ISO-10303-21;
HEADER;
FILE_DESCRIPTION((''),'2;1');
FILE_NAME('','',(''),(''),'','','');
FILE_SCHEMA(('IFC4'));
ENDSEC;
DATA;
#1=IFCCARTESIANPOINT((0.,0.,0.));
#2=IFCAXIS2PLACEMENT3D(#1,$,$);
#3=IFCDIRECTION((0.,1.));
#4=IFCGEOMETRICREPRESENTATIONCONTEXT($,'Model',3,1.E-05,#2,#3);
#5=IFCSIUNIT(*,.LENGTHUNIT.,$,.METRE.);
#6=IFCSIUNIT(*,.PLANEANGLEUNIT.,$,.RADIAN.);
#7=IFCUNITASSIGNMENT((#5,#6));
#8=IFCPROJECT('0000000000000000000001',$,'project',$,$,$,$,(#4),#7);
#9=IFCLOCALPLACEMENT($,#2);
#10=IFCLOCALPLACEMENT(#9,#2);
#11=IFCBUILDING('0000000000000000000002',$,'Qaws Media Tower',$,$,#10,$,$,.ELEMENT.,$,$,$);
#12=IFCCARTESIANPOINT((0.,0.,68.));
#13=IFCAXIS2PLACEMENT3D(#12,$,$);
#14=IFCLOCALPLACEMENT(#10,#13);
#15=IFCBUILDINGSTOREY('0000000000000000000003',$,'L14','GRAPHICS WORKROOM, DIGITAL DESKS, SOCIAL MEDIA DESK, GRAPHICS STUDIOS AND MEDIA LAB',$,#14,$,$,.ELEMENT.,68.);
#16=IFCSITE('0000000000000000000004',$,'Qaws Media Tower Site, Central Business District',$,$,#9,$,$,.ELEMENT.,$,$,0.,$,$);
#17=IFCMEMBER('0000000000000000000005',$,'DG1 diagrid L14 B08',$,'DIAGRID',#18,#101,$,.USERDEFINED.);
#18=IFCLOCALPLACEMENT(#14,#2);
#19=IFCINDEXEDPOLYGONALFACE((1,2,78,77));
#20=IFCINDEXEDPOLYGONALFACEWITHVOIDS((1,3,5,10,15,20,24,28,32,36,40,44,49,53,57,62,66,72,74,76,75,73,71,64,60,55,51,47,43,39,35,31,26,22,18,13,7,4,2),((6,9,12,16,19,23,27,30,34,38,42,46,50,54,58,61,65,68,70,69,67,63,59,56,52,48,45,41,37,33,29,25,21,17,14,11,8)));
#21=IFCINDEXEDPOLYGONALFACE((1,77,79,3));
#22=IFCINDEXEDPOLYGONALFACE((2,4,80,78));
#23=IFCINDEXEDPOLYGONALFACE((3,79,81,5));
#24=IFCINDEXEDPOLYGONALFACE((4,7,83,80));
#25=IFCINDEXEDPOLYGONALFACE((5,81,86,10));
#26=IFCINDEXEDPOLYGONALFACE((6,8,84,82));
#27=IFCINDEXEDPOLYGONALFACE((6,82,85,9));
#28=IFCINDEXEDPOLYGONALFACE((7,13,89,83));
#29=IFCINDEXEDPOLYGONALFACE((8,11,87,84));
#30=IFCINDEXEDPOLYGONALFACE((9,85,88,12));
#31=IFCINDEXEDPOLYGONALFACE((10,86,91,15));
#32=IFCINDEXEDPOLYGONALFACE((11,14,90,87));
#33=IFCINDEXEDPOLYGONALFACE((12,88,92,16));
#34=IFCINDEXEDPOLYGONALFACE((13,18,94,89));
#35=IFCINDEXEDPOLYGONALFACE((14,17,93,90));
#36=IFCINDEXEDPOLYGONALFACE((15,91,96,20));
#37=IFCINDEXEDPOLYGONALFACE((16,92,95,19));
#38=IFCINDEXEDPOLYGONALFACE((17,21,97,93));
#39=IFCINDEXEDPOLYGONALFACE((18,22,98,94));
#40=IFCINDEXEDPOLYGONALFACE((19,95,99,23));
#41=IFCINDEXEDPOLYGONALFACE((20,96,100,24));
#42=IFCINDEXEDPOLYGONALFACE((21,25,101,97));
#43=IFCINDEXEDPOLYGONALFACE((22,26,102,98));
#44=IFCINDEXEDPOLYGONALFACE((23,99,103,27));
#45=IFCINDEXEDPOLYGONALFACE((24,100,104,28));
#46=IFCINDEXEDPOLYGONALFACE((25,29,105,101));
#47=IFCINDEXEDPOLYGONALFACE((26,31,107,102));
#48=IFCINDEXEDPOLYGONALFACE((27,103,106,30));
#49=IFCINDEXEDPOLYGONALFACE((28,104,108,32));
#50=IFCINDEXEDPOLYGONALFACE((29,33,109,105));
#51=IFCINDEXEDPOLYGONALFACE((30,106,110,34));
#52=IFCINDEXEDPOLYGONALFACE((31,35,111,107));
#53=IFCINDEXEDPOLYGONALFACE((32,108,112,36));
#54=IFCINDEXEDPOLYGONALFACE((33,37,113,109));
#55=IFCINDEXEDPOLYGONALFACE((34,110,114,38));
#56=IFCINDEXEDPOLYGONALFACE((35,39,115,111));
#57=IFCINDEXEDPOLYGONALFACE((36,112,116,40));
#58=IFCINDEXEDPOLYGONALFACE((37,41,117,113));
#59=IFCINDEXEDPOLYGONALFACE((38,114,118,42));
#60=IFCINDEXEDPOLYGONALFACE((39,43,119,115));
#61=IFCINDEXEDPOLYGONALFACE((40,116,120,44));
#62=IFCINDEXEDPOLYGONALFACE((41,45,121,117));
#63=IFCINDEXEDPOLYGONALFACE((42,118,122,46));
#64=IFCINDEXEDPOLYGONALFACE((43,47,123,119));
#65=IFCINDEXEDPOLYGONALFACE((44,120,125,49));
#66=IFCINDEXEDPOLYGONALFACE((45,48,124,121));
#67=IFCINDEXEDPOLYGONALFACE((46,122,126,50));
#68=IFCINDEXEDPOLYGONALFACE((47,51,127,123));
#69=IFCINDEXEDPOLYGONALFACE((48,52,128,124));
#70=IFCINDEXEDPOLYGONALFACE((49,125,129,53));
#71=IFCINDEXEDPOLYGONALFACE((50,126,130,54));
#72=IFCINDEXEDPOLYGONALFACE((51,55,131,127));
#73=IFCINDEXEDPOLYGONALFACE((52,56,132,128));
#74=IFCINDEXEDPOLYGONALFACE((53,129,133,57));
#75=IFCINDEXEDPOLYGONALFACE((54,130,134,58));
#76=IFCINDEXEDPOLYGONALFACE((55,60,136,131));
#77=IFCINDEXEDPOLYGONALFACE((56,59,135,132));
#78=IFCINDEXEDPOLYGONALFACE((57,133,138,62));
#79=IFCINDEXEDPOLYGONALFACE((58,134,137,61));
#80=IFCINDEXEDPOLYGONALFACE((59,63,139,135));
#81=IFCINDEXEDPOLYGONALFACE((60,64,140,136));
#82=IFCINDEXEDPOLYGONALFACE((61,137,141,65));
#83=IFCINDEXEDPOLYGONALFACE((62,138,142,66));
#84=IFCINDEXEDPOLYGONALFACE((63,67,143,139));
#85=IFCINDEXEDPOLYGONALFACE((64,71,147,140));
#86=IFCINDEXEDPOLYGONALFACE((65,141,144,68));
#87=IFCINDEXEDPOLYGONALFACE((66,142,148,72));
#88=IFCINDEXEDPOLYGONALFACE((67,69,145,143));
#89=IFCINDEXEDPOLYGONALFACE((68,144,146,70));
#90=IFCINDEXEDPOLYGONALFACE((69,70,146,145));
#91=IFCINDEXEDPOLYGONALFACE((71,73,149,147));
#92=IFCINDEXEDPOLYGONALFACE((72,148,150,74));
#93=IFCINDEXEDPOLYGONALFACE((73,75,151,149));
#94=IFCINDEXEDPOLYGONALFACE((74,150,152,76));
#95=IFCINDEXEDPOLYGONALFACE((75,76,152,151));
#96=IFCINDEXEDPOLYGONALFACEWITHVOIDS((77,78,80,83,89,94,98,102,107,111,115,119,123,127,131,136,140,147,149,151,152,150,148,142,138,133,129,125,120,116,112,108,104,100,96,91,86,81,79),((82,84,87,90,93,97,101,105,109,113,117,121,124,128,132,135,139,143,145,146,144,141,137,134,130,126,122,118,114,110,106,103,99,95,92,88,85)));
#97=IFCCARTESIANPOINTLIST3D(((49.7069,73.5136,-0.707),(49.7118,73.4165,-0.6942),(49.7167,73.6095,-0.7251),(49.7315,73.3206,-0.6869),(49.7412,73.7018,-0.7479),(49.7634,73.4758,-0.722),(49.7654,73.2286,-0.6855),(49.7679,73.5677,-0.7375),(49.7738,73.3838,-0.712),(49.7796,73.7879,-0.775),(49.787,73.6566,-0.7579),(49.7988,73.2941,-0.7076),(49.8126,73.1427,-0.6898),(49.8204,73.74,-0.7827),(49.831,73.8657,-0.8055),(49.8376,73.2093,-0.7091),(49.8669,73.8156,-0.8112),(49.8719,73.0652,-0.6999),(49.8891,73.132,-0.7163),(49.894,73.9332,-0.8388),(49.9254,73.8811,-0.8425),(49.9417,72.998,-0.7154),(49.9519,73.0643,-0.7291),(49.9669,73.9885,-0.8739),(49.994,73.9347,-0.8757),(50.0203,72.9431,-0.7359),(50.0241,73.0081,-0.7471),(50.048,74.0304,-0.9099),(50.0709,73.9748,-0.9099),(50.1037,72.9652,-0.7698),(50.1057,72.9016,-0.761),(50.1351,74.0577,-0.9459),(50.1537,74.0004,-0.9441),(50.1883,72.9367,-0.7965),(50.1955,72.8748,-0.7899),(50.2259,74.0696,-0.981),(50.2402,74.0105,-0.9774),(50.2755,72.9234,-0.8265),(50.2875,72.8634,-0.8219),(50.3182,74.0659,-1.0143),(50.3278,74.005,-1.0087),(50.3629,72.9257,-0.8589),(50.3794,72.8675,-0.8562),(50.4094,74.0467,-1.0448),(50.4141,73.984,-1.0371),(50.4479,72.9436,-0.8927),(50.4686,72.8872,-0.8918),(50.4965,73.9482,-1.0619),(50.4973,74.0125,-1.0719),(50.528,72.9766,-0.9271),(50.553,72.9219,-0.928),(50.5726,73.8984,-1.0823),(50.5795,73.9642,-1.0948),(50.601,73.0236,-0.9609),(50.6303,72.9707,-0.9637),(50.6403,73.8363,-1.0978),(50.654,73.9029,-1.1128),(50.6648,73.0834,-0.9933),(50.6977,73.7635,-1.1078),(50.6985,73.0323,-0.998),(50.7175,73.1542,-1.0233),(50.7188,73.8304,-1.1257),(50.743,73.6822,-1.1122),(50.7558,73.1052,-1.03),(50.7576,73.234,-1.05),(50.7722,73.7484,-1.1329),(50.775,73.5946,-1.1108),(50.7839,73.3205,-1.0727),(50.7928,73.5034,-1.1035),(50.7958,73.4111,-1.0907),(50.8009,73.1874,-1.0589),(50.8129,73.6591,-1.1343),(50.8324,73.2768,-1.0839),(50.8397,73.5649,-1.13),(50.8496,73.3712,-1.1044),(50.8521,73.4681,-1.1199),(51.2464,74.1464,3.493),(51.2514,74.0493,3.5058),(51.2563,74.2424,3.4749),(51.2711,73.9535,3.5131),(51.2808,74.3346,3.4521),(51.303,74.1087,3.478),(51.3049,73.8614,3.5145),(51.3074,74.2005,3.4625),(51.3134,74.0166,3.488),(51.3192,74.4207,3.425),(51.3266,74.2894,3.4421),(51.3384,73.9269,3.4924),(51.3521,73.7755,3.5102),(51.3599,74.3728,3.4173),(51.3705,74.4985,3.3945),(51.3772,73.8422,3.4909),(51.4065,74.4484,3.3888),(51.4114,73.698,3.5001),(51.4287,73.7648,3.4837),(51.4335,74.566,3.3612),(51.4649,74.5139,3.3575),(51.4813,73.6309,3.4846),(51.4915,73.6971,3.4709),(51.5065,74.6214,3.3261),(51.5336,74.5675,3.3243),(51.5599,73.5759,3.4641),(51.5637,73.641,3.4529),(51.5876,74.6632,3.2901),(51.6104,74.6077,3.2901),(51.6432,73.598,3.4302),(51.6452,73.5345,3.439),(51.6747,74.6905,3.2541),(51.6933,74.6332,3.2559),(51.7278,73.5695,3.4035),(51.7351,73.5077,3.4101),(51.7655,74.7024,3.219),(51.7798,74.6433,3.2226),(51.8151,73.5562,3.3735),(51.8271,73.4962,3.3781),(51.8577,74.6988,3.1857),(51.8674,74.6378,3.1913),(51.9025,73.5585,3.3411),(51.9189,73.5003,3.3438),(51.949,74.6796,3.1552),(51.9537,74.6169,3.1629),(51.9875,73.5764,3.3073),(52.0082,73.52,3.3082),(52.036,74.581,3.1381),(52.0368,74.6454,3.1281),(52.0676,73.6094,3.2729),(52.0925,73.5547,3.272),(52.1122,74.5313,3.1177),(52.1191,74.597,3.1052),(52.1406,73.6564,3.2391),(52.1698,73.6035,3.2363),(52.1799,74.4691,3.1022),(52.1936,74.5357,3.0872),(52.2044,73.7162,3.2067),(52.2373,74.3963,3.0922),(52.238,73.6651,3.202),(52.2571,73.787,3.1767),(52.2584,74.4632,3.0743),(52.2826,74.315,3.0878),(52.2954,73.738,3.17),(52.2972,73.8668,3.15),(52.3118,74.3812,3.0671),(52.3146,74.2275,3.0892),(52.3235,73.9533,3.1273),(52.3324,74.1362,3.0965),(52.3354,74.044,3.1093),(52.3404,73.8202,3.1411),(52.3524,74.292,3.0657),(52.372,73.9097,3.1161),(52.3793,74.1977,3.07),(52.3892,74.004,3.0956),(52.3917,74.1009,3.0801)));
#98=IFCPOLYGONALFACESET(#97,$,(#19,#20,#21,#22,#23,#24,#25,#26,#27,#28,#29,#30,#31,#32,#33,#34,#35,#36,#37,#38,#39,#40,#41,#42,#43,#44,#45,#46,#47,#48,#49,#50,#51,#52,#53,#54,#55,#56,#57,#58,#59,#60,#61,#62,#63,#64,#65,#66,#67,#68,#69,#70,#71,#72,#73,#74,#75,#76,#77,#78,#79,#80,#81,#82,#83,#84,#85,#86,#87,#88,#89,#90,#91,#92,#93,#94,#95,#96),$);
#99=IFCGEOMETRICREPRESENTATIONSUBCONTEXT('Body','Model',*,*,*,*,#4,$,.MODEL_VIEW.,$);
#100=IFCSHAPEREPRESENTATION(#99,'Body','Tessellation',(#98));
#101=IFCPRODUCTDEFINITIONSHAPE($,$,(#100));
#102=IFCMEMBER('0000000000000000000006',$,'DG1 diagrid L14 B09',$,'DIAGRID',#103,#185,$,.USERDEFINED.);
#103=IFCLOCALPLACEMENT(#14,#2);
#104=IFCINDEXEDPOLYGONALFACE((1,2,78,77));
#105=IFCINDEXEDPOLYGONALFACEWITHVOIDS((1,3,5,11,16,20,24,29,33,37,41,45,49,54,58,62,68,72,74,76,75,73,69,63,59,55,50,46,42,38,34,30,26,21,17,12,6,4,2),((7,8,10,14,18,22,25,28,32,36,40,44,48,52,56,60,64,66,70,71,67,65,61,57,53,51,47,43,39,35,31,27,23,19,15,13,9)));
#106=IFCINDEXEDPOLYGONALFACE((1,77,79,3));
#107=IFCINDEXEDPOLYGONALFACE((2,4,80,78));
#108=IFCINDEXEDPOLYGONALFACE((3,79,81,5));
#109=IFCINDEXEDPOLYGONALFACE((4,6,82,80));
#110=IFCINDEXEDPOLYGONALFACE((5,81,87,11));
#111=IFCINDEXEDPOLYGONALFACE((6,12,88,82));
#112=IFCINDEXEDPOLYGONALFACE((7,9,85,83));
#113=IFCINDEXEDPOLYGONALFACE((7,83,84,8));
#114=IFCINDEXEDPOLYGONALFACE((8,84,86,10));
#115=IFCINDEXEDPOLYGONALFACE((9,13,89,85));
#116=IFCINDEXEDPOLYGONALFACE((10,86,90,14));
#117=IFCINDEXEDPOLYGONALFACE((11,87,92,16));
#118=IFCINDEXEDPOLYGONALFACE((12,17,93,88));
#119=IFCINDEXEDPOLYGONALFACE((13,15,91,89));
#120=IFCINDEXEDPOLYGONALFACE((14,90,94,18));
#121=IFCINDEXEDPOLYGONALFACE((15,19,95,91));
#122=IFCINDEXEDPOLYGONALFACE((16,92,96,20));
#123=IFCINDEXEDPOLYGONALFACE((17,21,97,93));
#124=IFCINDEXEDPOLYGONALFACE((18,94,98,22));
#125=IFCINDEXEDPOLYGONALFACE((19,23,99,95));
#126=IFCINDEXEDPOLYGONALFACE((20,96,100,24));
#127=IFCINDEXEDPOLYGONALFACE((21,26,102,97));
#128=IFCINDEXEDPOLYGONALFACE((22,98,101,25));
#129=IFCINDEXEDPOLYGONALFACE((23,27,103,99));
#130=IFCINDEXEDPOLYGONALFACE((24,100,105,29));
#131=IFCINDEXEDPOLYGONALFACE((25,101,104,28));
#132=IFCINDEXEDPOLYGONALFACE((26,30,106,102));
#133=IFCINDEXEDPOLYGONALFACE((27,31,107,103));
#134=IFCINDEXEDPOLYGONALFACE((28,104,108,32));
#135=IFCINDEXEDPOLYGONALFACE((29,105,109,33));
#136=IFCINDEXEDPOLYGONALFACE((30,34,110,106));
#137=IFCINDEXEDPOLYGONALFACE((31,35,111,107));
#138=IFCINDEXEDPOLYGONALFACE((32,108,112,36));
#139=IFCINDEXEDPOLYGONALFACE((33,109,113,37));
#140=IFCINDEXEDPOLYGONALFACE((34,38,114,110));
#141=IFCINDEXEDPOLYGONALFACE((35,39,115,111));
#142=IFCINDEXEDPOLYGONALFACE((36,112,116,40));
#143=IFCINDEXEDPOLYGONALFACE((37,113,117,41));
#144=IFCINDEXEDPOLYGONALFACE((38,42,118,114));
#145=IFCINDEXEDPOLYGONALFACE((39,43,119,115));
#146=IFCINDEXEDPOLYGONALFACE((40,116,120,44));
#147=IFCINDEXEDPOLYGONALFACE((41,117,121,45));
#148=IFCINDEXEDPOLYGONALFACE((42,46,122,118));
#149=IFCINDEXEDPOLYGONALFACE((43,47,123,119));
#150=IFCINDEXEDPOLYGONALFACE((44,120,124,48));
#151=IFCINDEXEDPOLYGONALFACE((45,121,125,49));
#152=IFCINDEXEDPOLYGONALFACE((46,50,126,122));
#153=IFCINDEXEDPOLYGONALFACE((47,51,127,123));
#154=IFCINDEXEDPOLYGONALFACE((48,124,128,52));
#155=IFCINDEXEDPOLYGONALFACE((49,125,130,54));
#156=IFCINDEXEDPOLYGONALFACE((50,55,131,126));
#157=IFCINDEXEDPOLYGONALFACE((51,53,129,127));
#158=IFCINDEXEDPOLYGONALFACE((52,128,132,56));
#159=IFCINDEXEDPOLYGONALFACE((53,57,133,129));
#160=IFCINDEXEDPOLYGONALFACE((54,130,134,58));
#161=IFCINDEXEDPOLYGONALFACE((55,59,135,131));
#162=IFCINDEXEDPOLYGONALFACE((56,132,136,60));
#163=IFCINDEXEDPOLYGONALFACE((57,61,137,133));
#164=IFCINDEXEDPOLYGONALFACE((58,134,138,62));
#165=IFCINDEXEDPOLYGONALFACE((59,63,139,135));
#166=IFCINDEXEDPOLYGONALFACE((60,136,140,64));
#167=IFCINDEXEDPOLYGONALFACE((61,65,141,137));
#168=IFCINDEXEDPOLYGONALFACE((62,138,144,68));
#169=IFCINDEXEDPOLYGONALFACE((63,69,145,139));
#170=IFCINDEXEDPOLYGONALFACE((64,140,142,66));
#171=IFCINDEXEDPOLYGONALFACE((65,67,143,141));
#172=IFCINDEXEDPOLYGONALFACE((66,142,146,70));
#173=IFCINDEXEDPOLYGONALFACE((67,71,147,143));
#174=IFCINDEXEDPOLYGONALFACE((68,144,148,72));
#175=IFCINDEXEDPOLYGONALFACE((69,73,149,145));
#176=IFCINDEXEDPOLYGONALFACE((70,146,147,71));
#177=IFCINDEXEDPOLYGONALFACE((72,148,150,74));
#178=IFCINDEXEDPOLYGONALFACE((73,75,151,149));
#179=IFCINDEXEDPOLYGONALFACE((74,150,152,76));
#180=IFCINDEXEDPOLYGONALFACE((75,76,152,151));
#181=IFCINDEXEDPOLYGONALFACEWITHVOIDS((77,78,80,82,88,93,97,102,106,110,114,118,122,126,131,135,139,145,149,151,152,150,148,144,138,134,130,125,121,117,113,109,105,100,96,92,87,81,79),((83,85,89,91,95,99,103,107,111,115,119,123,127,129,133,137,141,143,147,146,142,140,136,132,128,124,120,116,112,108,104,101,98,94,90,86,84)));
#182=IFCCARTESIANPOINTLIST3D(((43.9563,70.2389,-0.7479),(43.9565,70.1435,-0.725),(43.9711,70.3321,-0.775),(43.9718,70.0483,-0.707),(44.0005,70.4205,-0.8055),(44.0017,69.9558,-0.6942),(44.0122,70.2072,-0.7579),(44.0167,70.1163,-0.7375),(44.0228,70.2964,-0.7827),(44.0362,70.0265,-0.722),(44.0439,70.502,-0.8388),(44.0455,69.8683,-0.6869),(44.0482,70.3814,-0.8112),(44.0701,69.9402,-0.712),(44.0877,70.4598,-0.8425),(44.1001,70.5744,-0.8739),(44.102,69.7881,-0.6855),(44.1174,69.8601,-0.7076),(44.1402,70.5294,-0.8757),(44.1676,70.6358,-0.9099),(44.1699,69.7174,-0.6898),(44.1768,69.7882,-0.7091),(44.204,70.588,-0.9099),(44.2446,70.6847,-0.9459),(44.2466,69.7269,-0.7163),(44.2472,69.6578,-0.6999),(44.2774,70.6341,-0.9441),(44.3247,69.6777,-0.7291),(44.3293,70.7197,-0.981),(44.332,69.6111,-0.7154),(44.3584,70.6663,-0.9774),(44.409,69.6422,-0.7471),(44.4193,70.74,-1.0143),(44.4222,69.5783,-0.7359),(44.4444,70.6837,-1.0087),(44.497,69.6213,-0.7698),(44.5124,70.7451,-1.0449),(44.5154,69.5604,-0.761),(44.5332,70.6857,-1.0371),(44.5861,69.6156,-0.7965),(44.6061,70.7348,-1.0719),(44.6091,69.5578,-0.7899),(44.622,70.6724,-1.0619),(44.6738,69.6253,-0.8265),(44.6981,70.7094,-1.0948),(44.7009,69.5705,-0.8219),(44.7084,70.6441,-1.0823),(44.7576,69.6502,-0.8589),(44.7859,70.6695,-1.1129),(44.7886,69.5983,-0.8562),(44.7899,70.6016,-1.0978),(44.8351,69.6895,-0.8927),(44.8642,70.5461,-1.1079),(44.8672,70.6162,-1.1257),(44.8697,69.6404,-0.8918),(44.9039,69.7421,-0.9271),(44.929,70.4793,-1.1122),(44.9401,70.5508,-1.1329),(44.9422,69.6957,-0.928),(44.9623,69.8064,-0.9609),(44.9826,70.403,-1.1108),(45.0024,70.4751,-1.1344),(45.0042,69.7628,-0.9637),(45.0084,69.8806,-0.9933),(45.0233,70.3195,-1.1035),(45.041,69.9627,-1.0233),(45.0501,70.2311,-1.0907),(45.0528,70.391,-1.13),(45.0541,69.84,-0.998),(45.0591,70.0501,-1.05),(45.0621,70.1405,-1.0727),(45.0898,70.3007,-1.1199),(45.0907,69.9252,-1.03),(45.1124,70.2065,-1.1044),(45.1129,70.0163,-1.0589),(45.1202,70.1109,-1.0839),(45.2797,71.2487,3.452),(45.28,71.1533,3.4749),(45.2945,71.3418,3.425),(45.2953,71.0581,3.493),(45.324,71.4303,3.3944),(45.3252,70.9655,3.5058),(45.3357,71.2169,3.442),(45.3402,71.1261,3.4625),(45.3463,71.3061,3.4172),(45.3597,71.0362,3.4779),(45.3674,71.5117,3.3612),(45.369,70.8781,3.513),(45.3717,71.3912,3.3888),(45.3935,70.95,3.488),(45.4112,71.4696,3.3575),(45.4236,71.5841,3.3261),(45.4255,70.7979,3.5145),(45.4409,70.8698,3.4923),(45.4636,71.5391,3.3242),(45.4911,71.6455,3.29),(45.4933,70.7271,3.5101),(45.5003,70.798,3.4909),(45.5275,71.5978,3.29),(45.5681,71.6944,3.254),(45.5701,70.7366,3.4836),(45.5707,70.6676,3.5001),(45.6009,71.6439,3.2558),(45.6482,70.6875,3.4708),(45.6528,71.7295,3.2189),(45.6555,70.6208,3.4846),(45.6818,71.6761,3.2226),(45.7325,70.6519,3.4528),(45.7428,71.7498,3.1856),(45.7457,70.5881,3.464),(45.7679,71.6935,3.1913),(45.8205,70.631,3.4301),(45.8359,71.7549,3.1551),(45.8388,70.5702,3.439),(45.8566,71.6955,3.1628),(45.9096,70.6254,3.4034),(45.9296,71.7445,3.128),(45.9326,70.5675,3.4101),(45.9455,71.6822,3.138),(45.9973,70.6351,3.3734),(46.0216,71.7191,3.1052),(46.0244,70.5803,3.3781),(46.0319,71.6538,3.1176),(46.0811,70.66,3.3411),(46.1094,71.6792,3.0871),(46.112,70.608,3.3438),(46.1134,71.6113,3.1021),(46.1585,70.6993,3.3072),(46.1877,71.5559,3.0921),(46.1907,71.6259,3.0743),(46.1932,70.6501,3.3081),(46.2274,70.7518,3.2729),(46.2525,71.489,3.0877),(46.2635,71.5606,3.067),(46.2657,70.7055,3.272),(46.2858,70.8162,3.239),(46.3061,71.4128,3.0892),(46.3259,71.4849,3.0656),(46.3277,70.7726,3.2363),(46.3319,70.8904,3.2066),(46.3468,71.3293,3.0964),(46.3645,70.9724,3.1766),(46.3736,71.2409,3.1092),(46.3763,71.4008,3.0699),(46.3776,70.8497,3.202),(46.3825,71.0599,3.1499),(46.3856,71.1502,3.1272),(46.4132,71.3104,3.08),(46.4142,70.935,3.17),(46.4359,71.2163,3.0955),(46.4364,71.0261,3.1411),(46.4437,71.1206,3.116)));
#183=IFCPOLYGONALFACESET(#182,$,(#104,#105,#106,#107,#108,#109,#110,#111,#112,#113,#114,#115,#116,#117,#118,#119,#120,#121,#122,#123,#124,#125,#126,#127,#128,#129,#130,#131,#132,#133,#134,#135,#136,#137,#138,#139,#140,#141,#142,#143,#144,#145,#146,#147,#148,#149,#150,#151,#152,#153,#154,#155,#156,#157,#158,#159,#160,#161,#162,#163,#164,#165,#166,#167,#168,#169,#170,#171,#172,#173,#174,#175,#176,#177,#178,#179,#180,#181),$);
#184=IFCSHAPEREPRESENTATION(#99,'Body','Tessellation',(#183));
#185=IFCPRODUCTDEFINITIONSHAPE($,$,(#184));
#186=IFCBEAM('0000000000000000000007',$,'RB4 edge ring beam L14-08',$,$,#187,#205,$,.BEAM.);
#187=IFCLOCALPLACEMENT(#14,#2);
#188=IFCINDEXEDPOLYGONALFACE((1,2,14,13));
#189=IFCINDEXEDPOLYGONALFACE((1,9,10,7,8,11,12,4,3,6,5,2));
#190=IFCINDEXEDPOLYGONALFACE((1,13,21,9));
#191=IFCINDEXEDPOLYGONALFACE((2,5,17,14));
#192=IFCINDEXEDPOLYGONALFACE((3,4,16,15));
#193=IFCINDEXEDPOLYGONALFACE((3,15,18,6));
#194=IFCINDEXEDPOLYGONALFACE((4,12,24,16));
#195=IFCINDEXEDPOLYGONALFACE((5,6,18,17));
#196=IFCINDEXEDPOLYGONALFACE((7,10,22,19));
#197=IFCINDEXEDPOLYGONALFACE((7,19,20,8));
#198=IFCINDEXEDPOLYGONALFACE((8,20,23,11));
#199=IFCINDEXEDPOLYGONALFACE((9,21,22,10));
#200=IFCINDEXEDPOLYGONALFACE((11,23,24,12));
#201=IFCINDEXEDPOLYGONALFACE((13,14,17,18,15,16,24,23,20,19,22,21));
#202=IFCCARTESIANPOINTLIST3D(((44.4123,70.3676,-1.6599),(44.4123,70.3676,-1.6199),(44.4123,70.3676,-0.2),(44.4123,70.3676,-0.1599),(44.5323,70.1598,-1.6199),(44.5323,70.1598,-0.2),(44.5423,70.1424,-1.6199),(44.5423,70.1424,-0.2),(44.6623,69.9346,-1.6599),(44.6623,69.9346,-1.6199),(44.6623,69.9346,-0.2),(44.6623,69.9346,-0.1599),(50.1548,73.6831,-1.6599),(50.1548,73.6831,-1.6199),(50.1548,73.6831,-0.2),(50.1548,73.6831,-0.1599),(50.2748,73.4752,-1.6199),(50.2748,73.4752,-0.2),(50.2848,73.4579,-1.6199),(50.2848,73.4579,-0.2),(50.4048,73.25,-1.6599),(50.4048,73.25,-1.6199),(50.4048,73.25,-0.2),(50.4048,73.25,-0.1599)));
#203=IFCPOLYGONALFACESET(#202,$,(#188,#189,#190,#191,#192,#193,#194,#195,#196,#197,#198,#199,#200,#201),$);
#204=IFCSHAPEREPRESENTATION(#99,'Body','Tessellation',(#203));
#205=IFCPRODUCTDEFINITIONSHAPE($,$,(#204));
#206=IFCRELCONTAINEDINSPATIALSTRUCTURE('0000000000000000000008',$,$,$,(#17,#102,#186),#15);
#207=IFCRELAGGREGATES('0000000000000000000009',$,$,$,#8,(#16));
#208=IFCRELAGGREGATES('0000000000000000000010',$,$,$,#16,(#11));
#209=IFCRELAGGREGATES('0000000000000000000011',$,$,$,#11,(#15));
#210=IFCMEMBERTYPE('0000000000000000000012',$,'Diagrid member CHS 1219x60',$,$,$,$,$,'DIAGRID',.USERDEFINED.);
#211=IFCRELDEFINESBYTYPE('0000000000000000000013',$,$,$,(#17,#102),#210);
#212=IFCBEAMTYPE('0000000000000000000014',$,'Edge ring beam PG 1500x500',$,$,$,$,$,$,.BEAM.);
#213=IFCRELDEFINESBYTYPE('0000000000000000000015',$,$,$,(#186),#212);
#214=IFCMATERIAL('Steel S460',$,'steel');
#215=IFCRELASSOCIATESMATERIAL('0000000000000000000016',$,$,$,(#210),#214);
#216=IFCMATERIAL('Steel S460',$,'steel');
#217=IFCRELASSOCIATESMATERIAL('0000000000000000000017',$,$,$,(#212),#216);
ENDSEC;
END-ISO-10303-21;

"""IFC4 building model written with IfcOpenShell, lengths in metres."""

from ifc_helpers import new_model, si_unit, direction, frame, origin, origin_2d, place, context, subcontext, project, spatial, hollow_circle, i_section, extrude, material, material_profile, profile_set, type_object, element, save


model = new_model("IFC4")

# Units and contexts
model_context = context("Model", 3, precision=1e-05, world=origin(), true_north=direction((0.0, 1.0)))
body_context = subcontext(model_context, "Body", "Model", "MODEL_VIEW")
ifc_project = project(units=[si_unit("LENGTHUNIT", "METRE"), si_unit("PLANEANGLEUNIT", "RADIAN")], contexts=[model_context])

# Site, building, storey
site_placement = place(None, origin())
site = spatial("IfcSite", under=ifc_project, at=site_placement, Name="Qaws Media Tower Site, Central Business District", CompositionType="ELEMENT", RefElevation=0.0)
building_placement = place(site_placement, origin())
building = spatial("IfcBuilding", under=site, at=building_placement, Name="Qaws Media Tower", CompositionType="ELEMENT")
storey_placement = place(building_placement, frame((0.0, 0.0, 68.0)))
storey = spatial("IfcBuildingStorey", under=building, at=storey_placement, Name="L14", Description="GRAPHICS WORKROOM, DIGITAL DESKS, SOCIAL MEDIA DESK, GRAPHICS STUDIOS AND MEDIA LAB", CompositionType="ELEMENT", Elevation=68.0)

# Members
ifc_material_1 = material(Name="Steel S460", Category="steel")
ifc_material_profile_1 = material_profile(ifc_material_1, hollow_circle(Radius=0.6096, WallThickness=0.0601, at=origin_2d()), Name="CHS 1219x60")
ifc_profile_set_1 = profile_set([ifc_material_profile_1], Name="Steel S460")
member_type_1 = type_object("IfcMemberType", Name="Diagrid member CHS 1219x60", ElementType="DIAGRID", PredefinedType="USERDEFINED", material=ifc_profile_set_1)
for number, where, z_axis, x_axis, name in (
    (1, (50.2798, 73.4666, -0.9099), (0.340777, 0.140072, 0.929651), (-0.380174, 0.924915, 0.0), "DG1 diagrid L14 B08"),
    (2, (44.5374, 70.1511, -0.9099), (0.292947, 0.223507, 0.929638), (-0.606573, 0.795028, 0.0), "DG1 diagrid L14 B09"),
):
    element("IfcMember", number, at=place(storey_placement, frame(where, z_axis=z_axis, x_axis=x_axis)), inside=storey, type_object=member_type_1, Name=name, ObjectType="DIAGRID", PredefinedType="USERDEFINED", context=body_context, shape_type="SweptSolid", body=[
        extrude(hollow_circle(Radius=0.6096, WallThickness=0.0601, at=origin_2d()), origin(), (0.0, 0.0, 1.0), 4.5178),
    ])

# Beam
ifc_material_2 = material(Name="Steel S460", Category="steel")
ifc_material_profile_2 = material_profile(ifc_material_2, i_section(OverallWidth=0.5, OverallDepth=1.5, WebThickness=0.02, FlangeThickness=0.04, at=origin_2d()), Name="PG 1500x500")
ifc_profile_set_2 = profile_set([ifc_material_profile_2], Name="Steel S460")
beam_type_1 = type_object("IfcBeamType", Name="Edge ring beam PG 1500x500", PredefinedType="BEAM", material=ifc_profile_set_2)
beam_1_placement = place(storey_placement, frame((50.2798, 73.4666, -0.9099), z_axis=(-0.866023, -0.500004, 0.0), x_axis=(0.500004, -0.866023, 0.0)))
element("IfcBeam", 3, at=beam_1_placement, inside=storey, type_object=beam_type_1, Name="RB4 edge ring beam L14-08", PredefinedType="BEAM", context=body_context, shape_type="SweptSolid", body=[
    extrude(i_section(OverallWidth=0.5, OverallDepth=1.5, WebThickness=0.02, FlangeThickness=0.04, at=origin_2d()), origin(), (0.0, 0.0, 1.0), 6.6309),
])

save(model, "model.ifc")
